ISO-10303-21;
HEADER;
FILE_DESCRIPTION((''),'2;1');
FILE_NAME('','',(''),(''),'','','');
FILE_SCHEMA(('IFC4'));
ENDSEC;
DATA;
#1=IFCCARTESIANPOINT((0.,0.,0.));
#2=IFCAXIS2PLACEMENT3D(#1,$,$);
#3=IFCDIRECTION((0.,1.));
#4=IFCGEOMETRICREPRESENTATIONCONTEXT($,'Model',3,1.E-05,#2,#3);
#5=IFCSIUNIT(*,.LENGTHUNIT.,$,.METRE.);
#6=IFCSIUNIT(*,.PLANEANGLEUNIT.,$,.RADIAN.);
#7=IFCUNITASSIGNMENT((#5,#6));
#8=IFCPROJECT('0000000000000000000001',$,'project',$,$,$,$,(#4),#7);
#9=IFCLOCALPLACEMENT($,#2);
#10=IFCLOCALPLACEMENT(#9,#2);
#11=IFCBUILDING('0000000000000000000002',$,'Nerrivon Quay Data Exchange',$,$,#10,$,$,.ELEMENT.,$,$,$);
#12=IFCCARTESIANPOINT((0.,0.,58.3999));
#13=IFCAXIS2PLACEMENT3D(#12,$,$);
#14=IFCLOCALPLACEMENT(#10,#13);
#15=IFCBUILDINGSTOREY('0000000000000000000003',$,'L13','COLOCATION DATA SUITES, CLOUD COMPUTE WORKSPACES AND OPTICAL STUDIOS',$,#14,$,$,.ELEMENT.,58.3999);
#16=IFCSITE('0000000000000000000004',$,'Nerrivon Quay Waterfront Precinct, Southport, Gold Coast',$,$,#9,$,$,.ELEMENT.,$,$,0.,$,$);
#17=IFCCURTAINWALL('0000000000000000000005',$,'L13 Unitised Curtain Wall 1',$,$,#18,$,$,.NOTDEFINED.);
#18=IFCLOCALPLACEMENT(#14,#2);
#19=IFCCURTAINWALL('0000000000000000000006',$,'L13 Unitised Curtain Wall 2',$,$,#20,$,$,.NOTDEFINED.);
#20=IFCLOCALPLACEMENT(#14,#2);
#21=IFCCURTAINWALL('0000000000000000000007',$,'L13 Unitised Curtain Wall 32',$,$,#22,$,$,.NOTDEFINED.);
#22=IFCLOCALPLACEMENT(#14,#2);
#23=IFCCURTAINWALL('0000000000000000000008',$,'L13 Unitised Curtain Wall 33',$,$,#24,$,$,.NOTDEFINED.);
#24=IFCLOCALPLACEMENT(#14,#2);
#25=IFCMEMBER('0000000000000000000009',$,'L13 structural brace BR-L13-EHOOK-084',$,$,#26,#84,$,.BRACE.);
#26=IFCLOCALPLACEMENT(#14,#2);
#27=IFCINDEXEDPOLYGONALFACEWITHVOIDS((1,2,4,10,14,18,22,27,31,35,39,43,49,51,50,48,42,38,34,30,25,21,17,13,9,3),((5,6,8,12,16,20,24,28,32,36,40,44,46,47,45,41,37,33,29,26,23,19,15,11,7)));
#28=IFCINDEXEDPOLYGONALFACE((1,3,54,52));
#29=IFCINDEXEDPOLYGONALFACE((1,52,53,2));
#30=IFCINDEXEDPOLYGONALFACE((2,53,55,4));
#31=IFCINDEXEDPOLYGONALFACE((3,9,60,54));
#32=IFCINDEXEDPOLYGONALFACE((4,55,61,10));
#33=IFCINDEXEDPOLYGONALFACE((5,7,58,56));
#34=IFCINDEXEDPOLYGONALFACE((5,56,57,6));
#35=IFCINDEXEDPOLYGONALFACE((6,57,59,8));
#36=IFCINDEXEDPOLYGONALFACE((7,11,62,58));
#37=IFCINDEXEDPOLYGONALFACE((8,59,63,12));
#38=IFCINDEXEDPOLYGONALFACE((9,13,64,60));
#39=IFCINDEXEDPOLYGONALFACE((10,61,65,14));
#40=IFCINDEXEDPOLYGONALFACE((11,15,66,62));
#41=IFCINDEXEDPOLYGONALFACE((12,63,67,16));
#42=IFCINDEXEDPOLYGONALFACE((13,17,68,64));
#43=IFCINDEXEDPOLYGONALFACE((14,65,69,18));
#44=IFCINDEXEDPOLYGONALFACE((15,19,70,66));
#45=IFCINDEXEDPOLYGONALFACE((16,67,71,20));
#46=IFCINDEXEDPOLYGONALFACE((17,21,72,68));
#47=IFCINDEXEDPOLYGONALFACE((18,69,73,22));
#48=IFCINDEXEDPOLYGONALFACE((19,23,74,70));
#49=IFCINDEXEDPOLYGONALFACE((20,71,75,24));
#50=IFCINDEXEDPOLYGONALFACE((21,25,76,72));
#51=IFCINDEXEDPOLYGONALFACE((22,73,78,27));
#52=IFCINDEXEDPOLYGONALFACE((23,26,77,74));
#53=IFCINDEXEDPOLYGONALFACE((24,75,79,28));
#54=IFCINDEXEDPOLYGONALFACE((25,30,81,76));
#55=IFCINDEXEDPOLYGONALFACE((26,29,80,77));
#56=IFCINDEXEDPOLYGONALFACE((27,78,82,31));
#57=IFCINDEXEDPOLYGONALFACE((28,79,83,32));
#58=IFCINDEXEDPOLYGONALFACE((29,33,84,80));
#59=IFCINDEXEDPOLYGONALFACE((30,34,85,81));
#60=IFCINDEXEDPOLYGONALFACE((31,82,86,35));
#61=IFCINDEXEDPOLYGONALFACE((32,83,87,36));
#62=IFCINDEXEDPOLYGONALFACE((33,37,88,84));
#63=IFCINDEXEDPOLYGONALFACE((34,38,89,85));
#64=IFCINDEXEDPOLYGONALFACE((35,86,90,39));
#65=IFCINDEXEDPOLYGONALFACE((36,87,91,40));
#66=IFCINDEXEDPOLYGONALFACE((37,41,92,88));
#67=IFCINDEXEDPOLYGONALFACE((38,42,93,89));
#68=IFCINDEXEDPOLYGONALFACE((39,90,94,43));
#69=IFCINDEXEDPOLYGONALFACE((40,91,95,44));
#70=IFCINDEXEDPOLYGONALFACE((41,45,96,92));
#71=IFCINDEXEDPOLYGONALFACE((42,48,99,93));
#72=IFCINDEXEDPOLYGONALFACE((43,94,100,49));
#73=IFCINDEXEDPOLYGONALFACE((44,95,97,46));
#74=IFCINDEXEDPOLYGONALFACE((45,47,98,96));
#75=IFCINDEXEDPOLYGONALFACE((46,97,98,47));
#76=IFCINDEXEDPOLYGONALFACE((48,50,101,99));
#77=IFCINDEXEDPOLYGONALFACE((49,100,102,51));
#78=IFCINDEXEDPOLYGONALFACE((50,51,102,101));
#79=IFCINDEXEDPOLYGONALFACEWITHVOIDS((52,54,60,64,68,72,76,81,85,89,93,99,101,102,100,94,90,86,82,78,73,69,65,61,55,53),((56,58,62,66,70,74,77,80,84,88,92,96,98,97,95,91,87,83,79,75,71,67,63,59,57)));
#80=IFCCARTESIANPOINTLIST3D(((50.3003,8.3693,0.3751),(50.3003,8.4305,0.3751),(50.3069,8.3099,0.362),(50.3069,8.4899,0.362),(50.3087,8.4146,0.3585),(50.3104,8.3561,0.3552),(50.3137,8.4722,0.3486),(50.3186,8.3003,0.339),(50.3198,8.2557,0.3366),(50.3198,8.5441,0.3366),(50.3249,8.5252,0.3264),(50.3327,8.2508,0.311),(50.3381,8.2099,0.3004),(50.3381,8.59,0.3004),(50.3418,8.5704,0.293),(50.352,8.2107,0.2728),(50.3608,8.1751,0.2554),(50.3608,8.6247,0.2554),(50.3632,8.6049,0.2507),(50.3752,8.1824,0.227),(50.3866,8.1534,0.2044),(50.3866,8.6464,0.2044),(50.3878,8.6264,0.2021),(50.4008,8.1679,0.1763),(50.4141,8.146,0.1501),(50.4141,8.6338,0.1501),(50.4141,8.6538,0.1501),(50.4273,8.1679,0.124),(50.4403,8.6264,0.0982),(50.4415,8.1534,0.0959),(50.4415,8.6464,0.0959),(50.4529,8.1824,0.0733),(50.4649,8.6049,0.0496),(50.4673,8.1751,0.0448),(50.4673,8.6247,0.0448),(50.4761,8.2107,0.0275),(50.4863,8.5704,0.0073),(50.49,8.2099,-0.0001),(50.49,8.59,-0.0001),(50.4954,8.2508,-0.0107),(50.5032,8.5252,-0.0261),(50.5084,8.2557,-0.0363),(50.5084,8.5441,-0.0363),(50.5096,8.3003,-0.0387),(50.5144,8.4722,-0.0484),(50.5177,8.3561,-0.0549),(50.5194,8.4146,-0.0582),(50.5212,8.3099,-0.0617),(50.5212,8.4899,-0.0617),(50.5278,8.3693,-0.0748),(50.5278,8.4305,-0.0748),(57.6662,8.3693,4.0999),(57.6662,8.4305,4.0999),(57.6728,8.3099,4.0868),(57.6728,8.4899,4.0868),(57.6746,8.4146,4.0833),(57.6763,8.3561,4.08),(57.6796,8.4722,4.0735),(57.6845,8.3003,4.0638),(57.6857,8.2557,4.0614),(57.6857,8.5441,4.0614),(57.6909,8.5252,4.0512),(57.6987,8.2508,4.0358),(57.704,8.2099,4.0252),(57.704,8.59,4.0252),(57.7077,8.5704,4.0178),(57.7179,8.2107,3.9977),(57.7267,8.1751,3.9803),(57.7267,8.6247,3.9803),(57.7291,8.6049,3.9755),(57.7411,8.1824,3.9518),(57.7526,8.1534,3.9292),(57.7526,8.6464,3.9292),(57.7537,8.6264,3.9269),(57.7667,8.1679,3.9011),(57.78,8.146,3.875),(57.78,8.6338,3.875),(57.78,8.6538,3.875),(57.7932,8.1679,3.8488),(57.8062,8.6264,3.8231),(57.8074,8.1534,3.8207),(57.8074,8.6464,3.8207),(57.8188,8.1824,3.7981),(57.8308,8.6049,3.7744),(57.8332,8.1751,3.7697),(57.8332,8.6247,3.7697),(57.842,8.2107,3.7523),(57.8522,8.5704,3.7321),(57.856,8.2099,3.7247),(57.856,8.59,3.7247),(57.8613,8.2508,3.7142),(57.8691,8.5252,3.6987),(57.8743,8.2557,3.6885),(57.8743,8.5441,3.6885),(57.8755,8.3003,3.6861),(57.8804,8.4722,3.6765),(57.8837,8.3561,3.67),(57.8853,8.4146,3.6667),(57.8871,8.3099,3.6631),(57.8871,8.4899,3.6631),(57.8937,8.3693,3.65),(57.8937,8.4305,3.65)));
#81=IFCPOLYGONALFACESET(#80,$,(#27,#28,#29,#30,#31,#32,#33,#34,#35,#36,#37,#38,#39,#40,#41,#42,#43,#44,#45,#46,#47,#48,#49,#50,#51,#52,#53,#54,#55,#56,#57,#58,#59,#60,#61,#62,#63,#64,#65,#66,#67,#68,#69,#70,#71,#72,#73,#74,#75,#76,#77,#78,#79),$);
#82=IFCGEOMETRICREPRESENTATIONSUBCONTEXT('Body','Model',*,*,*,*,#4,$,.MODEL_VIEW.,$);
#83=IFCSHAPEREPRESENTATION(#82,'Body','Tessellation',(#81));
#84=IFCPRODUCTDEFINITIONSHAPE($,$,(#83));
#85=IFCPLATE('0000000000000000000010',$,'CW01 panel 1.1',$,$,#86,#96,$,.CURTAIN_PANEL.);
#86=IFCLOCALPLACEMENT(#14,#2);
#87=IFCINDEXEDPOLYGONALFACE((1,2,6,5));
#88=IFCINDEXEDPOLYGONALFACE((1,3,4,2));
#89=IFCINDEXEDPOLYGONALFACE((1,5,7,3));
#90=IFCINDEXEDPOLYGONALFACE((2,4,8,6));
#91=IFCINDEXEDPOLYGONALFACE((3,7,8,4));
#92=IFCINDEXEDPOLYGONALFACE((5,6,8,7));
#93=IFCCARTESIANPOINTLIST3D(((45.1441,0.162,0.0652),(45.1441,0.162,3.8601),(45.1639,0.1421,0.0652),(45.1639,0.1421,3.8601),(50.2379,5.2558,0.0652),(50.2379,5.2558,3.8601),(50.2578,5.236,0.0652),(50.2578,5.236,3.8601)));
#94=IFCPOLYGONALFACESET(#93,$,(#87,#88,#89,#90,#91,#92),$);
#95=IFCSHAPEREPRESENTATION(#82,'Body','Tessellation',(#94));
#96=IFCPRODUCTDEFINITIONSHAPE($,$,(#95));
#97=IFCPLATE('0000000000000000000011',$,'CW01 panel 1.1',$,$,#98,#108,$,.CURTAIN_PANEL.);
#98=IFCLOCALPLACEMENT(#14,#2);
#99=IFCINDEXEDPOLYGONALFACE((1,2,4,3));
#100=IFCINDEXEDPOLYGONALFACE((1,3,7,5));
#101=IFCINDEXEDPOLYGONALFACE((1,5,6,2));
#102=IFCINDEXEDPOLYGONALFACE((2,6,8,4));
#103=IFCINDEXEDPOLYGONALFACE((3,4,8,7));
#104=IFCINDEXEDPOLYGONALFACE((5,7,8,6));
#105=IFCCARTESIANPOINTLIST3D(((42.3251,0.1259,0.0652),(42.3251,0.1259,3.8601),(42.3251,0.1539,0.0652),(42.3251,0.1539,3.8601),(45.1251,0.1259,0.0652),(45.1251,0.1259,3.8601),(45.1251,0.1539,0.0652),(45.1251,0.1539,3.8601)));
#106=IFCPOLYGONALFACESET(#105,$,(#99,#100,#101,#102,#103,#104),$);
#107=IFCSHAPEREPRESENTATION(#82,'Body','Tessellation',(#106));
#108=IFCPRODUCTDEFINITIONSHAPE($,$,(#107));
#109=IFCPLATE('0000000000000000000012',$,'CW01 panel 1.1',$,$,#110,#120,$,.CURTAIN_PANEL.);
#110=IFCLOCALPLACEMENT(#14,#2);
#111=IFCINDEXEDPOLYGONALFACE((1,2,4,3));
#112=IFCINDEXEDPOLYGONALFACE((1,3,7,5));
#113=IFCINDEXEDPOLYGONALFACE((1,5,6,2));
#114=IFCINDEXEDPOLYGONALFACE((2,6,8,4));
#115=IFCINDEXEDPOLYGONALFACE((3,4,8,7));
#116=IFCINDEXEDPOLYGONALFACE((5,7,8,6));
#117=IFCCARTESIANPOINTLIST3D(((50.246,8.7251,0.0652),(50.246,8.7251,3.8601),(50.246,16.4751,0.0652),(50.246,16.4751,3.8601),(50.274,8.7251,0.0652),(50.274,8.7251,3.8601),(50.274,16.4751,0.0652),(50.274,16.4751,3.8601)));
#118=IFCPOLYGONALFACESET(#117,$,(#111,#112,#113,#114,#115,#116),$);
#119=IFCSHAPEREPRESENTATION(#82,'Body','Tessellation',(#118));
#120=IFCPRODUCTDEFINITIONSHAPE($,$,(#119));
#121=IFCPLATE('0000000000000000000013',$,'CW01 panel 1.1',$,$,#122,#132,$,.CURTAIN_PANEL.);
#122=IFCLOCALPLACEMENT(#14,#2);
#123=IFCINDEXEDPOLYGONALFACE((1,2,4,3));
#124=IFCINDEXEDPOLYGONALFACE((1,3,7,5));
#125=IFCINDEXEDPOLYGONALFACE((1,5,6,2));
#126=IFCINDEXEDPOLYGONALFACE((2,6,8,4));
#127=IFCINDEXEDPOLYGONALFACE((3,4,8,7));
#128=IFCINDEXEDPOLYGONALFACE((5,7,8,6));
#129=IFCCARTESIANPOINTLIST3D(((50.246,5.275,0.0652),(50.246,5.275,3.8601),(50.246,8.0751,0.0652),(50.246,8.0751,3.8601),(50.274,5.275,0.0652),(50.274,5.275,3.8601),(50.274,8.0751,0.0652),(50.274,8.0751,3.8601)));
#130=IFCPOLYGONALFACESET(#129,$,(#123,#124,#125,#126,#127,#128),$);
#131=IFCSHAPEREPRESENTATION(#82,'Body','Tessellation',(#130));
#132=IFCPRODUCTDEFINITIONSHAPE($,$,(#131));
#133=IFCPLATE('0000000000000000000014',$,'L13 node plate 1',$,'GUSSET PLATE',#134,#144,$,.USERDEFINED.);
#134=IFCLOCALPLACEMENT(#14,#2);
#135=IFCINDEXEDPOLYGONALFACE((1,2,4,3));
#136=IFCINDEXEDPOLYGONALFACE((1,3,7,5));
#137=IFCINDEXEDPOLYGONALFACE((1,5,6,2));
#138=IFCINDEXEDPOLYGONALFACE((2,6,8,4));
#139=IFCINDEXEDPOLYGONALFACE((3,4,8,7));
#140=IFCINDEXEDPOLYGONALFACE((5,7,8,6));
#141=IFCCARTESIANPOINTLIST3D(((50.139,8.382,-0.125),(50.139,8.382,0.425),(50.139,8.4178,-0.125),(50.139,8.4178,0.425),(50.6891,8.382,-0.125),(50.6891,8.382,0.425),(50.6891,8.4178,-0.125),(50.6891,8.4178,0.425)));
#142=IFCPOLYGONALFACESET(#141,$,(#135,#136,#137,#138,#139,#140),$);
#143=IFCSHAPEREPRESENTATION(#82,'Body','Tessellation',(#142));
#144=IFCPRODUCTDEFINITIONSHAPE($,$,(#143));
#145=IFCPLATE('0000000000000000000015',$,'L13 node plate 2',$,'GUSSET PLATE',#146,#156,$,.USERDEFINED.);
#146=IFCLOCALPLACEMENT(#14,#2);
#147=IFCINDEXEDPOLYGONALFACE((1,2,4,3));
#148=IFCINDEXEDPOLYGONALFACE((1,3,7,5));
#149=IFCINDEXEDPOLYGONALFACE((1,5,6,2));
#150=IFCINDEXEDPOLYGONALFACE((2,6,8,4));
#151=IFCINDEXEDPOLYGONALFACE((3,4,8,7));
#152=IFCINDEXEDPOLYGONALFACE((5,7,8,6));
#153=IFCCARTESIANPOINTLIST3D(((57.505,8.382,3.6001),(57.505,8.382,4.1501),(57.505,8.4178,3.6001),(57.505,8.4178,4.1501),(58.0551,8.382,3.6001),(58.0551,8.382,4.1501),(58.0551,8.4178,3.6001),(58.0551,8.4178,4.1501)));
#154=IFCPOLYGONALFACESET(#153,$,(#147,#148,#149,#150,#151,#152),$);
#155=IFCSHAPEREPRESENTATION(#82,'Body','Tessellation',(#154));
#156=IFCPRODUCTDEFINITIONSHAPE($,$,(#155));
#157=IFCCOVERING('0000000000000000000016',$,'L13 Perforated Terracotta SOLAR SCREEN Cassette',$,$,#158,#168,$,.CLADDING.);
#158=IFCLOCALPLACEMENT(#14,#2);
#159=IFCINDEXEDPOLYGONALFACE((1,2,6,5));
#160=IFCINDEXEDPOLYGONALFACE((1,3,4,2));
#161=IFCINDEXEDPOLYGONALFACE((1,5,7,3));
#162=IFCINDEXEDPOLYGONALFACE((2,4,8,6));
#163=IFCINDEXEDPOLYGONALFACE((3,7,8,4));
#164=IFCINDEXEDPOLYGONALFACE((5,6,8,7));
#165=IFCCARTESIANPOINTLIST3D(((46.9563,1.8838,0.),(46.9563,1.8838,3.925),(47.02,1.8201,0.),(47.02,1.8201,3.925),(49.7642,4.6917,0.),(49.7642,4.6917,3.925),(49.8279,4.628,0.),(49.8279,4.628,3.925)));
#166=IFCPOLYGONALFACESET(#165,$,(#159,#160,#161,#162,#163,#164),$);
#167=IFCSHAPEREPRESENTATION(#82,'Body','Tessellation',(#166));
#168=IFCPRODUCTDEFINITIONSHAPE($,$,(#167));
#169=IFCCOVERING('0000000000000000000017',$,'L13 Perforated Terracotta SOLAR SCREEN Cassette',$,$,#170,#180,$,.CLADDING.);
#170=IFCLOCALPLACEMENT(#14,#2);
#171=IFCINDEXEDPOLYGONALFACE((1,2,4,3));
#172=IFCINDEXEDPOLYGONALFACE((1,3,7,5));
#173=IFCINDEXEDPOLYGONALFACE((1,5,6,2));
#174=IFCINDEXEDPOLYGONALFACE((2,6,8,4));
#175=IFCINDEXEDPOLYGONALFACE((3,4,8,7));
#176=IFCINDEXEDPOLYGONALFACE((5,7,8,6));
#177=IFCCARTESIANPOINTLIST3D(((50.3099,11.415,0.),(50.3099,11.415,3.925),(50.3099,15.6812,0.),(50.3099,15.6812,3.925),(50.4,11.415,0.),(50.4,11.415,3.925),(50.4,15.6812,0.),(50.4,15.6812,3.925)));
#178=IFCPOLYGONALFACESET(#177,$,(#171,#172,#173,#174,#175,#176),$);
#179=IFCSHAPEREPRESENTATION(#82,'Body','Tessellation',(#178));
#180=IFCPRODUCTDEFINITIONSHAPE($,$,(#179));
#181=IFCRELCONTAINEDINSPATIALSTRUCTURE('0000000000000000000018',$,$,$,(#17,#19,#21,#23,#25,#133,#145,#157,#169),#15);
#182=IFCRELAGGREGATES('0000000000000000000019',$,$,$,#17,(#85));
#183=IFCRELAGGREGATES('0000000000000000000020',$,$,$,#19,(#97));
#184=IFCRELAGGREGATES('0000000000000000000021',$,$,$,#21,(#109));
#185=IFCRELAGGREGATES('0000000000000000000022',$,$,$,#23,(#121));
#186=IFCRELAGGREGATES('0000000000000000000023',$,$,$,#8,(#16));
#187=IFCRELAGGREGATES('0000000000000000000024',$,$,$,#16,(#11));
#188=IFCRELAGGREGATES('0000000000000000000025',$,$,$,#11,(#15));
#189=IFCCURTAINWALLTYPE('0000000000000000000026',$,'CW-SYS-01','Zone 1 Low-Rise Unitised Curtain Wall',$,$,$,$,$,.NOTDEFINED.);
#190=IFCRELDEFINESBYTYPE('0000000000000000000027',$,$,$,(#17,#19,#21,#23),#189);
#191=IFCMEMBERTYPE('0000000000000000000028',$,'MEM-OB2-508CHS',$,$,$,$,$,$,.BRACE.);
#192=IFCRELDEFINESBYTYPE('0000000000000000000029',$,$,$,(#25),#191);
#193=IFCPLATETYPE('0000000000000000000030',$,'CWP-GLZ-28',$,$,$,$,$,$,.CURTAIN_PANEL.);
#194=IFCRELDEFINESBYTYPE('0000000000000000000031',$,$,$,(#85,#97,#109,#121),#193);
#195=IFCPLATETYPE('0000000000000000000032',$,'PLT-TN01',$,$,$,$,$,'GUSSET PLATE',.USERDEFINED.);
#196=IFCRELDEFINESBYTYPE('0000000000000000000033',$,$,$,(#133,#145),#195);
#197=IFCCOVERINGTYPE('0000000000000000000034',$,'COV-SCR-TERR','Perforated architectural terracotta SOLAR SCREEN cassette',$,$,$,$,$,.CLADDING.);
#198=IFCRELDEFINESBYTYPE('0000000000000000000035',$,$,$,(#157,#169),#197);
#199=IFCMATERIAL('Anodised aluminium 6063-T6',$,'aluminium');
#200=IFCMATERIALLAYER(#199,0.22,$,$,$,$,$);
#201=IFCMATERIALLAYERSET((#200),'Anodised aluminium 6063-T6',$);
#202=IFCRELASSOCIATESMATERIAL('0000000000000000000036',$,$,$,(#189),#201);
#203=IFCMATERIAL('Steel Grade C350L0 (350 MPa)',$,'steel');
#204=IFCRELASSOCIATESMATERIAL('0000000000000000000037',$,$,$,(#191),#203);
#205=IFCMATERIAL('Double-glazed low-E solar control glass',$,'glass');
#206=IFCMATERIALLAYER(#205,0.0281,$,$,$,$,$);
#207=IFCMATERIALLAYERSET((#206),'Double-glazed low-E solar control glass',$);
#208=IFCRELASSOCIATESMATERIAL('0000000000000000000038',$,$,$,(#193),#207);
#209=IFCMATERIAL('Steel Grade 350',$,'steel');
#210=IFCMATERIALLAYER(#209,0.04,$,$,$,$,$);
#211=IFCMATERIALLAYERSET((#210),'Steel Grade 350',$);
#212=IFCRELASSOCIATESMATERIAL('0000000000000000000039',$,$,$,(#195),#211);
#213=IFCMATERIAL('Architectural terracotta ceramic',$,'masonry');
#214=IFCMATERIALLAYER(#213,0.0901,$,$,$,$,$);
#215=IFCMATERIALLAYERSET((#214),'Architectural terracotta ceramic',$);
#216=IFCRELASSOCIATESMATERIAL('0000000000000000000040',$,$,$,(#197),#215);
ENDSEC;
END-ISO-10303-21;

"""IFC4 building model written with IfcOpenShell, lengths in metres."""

from ifc_helpers import new_model, si_unit, direction, frame, origin, origin_2d, place, context, subcontext, project, spatial, rectangle, hollow_circle, extrude, material, layer, layer_set, material_profile, profile_set, type_object, element, aggregate, save


model = new_model("IFC4")

# Units and contexts
model_context = context("Model", 3, precision=1e-05, world=origin(), true_north=direction((0.0, 1.0)))
body_context = subcontext(model_context, "Body", "Model", "MODEL_VIEW")
ifc_project = project(units=[si_unit("LENGTHUNIT", "METRE"), si_unit("PLANEANGLEUNIT", "RADIAN")], contexts=[model_context])

# Site, building, storey
site_placement = place(None, origin())
site = spatial("IfcSite", under=ifc_project, at=site_placement, Name="Nerrivon Quay Waterfront Precinct, Southport, Gold Coast", CompositionType="ELEMENT", RefElevation=0.0)
building_placement = place(site_placement, origin())
building = spatial("IfcBuilding", under=site, at=building_placement, Name="Nerrivon Quay Data Exchange", CompositionType="ELEMENT")
storey_placement = place(building_placement, frame((0.0, 0.0, 58.3999)))
storey = spatial("IfcBuildingStorey", under=building, at=storey_placement, Name="L13", Description="COLOCATION DATA SUITES, CLOUD COMPUTE WORKSPACES AND OPTICAL STUDIOS", CompositionType="ELEMENT", Elevation=58.3999)

# Shared definitions
ifc_material_1 = material(Name="Steel Grade 350", Category="steel")

# Curtain walls
ifc_material_2 = material(Name="Anodised aluminium 6063-T6", Category="aluminium")
ifc_layer_1 = layer(ifc_material_2, 0.22)
ifc_layer_set_1 = layer_set([ifc_layer_1], Name="Anodised aluminium 6063-T6")
curtain_wall_type = type_object("IfcCurtainWallType", Name="CW-SYS-01", Description="Zone 1 Low-Rise Unitised Curtain Wall", PredefinedType="NOTDEFINED", material=ifc_layer_set_1)
curtain_wall_1_placement = place(storey_placement, origin())
curtain_wall_1 = element("IfcCurtainWall", 1, at=curtain_wall_1_placement, inside=storey, type_object=curtain_wall_type, Name="L13 Unitised Curtain Wall 1", PredefinedType="NOTDEFINED")
curtain_wall_2_placement = place(storey_placement, origin())
curtain_wall_2 = element("IfcCurtainWall", 2, at=curtain_wall_2_placement, inside=storey, type_object=curtain_wall_type, Name="L13 Unitised Curtain Wall 2", PredefinedType="NOTDEFINED")

# Curtain wall
curtain_wall_3_placement = place(storey_placement, origin())
curtain_wall_3 = element("IfcCurtainWall", 3, at=curtain_wall_3_placement, inside=storey, type_object=curtain_wall_type, Name="L13 Unitised Curtain Wall 32", PredefinedType="NOTDEFINED")

# Curtain wall
curtain_wall_4_placement = place(storey_placement, origin())
curtain_wall_4 = element("IfcCurtainWall", 4, at=curtain_wall_4_placement, inside=storey, type_object=curtain_wall_type, Name="L13 Unitised Curtain Wall 33", PredefinedType="NOTDEFINED")

# Member
ifc_material_3 = material(Name="Steel Grade C350L0 (350 MPa)", Category="steel")
ifc_material_profile_1 = material_profile(ifc_material_3, hollow_circle(Radius=0.2539, WallThickness=0.02, at=origin_2d()), Name="508.0x20.0CHS")
ifc_profile_set_1 = profile_set([ifc_material_profile_1], Name="Steel Grade C350L0 (350 MPa)")
member_type_1 = type_object("IfcMemberType", Name="MEM-OB2-508CHS", PredefinedType="BRACE", material=ifc_profile_set_1)
member_1_placement = place(storey_placement, frame((50.4141, 8.3999, 0.1501), z_axis=(0.892389, 0.0, 0.451267), x_axis=(0.0, 1.0, 0.0)))
element("IfcMember", 5, at=member_1_placement, inside=storey, type_object=member_type_1, Name="L13 structural brace BR-L13-EHOOK-084", PredefinedType="BRACE", context=body_context, shape_type="SweptSolid", body=[
    extrude(hollow_circle(Radius=0.2539, WallThickness=0.02, at=origin_2d()), origin(), (0.0, 0.0, 1.0), 8.2542),
])

# Plates
ifc_material_4 = material(Name="Double-glazed low-E solar control glass", Category="glass")
ifc_layer_2 = layer(ifc_material_4, 0.0281)
ifc_layer_set_2 = layer_set([ifc_layer_2], Name="Double-glazed low-E solar control glass")
plate_type_1 = type_object("IfcPlateType", Name="CWP-GLZ-28", PredefinedType="CURTAIN_PANEL", material=ifc_layer_set_2)
plate_1_placement = place(storey_placement, frame((47.7009, 2.699, 0.0652), z_axis=(0.0, 0.0, 1.0), x_axis=(-0.707107, -0.707107, 0.0)))
plate_1 = element("IfcPlate", 6, at=plate_1_placement, type_object=plate_type_1, Name="CW01 panel 1.1", PredefinedType="CURTAIN_PANEL", context=body_context, shape_type="SweptSolid", body=[
    extrude(rectangle(XDim=7.2039, YDim=0.0281, at=origin_2d()), origin(), (0.0, 0.0, 1.0), 3.7949),
])
aggregate(curtain_wall_1, [plate_1])
plate_2_placement = place(storey_placement, frame((43.7251, 0.1399, 0.0652), z_axis=(0.0, 0.0, 1.0), x_axis=(-1.0, 0.0, 0.0)))
plate_2 = element("IfcPlate", 7, at=plate_2_placement, type_object=plate_type_1, Name="CW01 panel 1.1", PredefinedType="CURTAIN_PANEL", context=body_context, shape_type="SweptSolid", body=[
    extrude(rectangle(XDim=2.8, YDim=0.0281, at=origin_2d()), origin(), (0.0, 0.0, 1.0), 3.7949),
])
aggregate(curtain_wall_2, [plate_2])
plate_3_placement = place(storey_placement, frame((50.26, 12.6001, 0.0652), z_axis=(0.0, 0.0, 1.0), x_axis=(0.0, -1.0, 0.0)))
plate_3 = element("IfcPlate", 8, at=plate_3_placement, type_object=plate_type_1, Name="CW01 panel 1.1", PredefinedType="CURTAIN_PANEL", context=body_context, shape_type="SweptSolid", body=[
    extrude(rectangle(XDim=7.75, YDim=0.0281, at=origin_2d()), origin(), (0.0, 0.0, 1.0), 3.7949),
])
aggregate(curtain_wall_3, [plate_3])
plate_4_placement = place(storey_placement, frame((50.26, 6.675, 0.0652), z_axis=(0.0, 0.0, 1.0), x_axis=(0.0, -1.0, 0.0)))
plate_4 = element("IfcPlate", 9, at=plate_4_placement, type_object=plate_type_1, Name="CW01 panel 1.1", PredefinedType="CURTAIN_PANEL", context=body_context, shape_type="SweptSolid", body=[
    extrude(rectangle(XDim=2.8, YDim=0.0281, at=origin_2d()), origin(), (0.0, 0.0, 1.0), 3.7949),
])
aggregate(curtain_wall_4, [plate_4])

# Plates
ifc_layer_3 = layer(ifc_material_1, 0.04)
ifc_layer_set_3 = layer_set([ifc_layer_3], Name="Steel Grade 350")
plate_type_2 = type_object("IfcPlateType", Name="PLT-TN01", ElementType="GUSSET PLATE", PredefinedType="USERDEFINED", material=ifc_layer_set_3)
for number, where, z_axis, x_axis, name in (
    (10, (50.4141, 8.3999, -0.125), (0.0, 0.0, 1.0), (1.0, 0.0, 0.0), "L13 node plate 1"),
    (11, (57.78, 8.3999, 3.6001), (0.0, 0.0, 1.0), (1.0, 0.0, 0.0), "L13 node plate 2"),
):
    element("IfcPlate", number, at=place(storey_placement, frame(where, z_axis=z_axis, x_axis=x_axis)), inside=storey, type_object=plate_type_2, Name=name, ObjectType="GUSSET PLATE", PredefinedType="USERDEFINED", context=body_context, shape_type="SweptSolid", body=[
        extrude(rectangle(XDim=0.55, YDim=0.0359, at=origin_2d()), origin(), (0.0, 0.0, 1.0), 0.55),
    ])

# Coverings
ifc_material_5 = material(Name="Architectural terracotta ceramic", Category="masonry")
ifc_layer_4 = layer(ifc_material_5, 0.0901)
ifc_layer_set_4 = layer_set([ifc_layer_4], Name="Architectural terracotta ceramic")
covering_type = type_object("IfcCoveringType", Name="COV-SCR-TERR", Description="Perforated architectural terracotta SOLAR SCREEN cassette", PredefinedType="CLADDING", material=ifc_layer_set_4)
covering_1_placement = place(storey_placement, frame((48.3921, 3.2559, 0.0), z_axis=(0.0, 0.0, 1.0), x_axis=(-0.707107, -0.707107, 0.0)))
element("IfcCovering", 12, at=covering_1_placement, inside=storey, type_object=covering_type, Name="L13 Perforated Terracotta SOLAR SCREEN Cassette", PredefinedType="CLADDING", context=body_context, shape_type="SweptSolid", body=[
    extrude(rectangle(XDim=3.9709, YDim=0.0901, at=origin_2d()), origin(), (0.0, 0.0, 1.0), 3.925),
])
covering_2_placement = place(storey_placement, frame((50.355, 13.5481, 0.0), z_axis=(0.0, 0.0, 1.0), x_axis=(0.0, -1.0, 0.0)))
element("IfcCovering", 13, at=covering_2_placement, inside=storey, type_object=covering_type, Name="L13 Perforated Terracotta SOLAR SCREEN Cassette", PredefinedType="CLADDING", context=body_context, shape_type="SweptSolid", body=[
    extrude(rectangle(XDim=4.2661, YDim=0.0901, at=origin_2d()), origin(), (0.0, 0.0, 1.0), 3.925),
])

save(model, "model.ifc")
